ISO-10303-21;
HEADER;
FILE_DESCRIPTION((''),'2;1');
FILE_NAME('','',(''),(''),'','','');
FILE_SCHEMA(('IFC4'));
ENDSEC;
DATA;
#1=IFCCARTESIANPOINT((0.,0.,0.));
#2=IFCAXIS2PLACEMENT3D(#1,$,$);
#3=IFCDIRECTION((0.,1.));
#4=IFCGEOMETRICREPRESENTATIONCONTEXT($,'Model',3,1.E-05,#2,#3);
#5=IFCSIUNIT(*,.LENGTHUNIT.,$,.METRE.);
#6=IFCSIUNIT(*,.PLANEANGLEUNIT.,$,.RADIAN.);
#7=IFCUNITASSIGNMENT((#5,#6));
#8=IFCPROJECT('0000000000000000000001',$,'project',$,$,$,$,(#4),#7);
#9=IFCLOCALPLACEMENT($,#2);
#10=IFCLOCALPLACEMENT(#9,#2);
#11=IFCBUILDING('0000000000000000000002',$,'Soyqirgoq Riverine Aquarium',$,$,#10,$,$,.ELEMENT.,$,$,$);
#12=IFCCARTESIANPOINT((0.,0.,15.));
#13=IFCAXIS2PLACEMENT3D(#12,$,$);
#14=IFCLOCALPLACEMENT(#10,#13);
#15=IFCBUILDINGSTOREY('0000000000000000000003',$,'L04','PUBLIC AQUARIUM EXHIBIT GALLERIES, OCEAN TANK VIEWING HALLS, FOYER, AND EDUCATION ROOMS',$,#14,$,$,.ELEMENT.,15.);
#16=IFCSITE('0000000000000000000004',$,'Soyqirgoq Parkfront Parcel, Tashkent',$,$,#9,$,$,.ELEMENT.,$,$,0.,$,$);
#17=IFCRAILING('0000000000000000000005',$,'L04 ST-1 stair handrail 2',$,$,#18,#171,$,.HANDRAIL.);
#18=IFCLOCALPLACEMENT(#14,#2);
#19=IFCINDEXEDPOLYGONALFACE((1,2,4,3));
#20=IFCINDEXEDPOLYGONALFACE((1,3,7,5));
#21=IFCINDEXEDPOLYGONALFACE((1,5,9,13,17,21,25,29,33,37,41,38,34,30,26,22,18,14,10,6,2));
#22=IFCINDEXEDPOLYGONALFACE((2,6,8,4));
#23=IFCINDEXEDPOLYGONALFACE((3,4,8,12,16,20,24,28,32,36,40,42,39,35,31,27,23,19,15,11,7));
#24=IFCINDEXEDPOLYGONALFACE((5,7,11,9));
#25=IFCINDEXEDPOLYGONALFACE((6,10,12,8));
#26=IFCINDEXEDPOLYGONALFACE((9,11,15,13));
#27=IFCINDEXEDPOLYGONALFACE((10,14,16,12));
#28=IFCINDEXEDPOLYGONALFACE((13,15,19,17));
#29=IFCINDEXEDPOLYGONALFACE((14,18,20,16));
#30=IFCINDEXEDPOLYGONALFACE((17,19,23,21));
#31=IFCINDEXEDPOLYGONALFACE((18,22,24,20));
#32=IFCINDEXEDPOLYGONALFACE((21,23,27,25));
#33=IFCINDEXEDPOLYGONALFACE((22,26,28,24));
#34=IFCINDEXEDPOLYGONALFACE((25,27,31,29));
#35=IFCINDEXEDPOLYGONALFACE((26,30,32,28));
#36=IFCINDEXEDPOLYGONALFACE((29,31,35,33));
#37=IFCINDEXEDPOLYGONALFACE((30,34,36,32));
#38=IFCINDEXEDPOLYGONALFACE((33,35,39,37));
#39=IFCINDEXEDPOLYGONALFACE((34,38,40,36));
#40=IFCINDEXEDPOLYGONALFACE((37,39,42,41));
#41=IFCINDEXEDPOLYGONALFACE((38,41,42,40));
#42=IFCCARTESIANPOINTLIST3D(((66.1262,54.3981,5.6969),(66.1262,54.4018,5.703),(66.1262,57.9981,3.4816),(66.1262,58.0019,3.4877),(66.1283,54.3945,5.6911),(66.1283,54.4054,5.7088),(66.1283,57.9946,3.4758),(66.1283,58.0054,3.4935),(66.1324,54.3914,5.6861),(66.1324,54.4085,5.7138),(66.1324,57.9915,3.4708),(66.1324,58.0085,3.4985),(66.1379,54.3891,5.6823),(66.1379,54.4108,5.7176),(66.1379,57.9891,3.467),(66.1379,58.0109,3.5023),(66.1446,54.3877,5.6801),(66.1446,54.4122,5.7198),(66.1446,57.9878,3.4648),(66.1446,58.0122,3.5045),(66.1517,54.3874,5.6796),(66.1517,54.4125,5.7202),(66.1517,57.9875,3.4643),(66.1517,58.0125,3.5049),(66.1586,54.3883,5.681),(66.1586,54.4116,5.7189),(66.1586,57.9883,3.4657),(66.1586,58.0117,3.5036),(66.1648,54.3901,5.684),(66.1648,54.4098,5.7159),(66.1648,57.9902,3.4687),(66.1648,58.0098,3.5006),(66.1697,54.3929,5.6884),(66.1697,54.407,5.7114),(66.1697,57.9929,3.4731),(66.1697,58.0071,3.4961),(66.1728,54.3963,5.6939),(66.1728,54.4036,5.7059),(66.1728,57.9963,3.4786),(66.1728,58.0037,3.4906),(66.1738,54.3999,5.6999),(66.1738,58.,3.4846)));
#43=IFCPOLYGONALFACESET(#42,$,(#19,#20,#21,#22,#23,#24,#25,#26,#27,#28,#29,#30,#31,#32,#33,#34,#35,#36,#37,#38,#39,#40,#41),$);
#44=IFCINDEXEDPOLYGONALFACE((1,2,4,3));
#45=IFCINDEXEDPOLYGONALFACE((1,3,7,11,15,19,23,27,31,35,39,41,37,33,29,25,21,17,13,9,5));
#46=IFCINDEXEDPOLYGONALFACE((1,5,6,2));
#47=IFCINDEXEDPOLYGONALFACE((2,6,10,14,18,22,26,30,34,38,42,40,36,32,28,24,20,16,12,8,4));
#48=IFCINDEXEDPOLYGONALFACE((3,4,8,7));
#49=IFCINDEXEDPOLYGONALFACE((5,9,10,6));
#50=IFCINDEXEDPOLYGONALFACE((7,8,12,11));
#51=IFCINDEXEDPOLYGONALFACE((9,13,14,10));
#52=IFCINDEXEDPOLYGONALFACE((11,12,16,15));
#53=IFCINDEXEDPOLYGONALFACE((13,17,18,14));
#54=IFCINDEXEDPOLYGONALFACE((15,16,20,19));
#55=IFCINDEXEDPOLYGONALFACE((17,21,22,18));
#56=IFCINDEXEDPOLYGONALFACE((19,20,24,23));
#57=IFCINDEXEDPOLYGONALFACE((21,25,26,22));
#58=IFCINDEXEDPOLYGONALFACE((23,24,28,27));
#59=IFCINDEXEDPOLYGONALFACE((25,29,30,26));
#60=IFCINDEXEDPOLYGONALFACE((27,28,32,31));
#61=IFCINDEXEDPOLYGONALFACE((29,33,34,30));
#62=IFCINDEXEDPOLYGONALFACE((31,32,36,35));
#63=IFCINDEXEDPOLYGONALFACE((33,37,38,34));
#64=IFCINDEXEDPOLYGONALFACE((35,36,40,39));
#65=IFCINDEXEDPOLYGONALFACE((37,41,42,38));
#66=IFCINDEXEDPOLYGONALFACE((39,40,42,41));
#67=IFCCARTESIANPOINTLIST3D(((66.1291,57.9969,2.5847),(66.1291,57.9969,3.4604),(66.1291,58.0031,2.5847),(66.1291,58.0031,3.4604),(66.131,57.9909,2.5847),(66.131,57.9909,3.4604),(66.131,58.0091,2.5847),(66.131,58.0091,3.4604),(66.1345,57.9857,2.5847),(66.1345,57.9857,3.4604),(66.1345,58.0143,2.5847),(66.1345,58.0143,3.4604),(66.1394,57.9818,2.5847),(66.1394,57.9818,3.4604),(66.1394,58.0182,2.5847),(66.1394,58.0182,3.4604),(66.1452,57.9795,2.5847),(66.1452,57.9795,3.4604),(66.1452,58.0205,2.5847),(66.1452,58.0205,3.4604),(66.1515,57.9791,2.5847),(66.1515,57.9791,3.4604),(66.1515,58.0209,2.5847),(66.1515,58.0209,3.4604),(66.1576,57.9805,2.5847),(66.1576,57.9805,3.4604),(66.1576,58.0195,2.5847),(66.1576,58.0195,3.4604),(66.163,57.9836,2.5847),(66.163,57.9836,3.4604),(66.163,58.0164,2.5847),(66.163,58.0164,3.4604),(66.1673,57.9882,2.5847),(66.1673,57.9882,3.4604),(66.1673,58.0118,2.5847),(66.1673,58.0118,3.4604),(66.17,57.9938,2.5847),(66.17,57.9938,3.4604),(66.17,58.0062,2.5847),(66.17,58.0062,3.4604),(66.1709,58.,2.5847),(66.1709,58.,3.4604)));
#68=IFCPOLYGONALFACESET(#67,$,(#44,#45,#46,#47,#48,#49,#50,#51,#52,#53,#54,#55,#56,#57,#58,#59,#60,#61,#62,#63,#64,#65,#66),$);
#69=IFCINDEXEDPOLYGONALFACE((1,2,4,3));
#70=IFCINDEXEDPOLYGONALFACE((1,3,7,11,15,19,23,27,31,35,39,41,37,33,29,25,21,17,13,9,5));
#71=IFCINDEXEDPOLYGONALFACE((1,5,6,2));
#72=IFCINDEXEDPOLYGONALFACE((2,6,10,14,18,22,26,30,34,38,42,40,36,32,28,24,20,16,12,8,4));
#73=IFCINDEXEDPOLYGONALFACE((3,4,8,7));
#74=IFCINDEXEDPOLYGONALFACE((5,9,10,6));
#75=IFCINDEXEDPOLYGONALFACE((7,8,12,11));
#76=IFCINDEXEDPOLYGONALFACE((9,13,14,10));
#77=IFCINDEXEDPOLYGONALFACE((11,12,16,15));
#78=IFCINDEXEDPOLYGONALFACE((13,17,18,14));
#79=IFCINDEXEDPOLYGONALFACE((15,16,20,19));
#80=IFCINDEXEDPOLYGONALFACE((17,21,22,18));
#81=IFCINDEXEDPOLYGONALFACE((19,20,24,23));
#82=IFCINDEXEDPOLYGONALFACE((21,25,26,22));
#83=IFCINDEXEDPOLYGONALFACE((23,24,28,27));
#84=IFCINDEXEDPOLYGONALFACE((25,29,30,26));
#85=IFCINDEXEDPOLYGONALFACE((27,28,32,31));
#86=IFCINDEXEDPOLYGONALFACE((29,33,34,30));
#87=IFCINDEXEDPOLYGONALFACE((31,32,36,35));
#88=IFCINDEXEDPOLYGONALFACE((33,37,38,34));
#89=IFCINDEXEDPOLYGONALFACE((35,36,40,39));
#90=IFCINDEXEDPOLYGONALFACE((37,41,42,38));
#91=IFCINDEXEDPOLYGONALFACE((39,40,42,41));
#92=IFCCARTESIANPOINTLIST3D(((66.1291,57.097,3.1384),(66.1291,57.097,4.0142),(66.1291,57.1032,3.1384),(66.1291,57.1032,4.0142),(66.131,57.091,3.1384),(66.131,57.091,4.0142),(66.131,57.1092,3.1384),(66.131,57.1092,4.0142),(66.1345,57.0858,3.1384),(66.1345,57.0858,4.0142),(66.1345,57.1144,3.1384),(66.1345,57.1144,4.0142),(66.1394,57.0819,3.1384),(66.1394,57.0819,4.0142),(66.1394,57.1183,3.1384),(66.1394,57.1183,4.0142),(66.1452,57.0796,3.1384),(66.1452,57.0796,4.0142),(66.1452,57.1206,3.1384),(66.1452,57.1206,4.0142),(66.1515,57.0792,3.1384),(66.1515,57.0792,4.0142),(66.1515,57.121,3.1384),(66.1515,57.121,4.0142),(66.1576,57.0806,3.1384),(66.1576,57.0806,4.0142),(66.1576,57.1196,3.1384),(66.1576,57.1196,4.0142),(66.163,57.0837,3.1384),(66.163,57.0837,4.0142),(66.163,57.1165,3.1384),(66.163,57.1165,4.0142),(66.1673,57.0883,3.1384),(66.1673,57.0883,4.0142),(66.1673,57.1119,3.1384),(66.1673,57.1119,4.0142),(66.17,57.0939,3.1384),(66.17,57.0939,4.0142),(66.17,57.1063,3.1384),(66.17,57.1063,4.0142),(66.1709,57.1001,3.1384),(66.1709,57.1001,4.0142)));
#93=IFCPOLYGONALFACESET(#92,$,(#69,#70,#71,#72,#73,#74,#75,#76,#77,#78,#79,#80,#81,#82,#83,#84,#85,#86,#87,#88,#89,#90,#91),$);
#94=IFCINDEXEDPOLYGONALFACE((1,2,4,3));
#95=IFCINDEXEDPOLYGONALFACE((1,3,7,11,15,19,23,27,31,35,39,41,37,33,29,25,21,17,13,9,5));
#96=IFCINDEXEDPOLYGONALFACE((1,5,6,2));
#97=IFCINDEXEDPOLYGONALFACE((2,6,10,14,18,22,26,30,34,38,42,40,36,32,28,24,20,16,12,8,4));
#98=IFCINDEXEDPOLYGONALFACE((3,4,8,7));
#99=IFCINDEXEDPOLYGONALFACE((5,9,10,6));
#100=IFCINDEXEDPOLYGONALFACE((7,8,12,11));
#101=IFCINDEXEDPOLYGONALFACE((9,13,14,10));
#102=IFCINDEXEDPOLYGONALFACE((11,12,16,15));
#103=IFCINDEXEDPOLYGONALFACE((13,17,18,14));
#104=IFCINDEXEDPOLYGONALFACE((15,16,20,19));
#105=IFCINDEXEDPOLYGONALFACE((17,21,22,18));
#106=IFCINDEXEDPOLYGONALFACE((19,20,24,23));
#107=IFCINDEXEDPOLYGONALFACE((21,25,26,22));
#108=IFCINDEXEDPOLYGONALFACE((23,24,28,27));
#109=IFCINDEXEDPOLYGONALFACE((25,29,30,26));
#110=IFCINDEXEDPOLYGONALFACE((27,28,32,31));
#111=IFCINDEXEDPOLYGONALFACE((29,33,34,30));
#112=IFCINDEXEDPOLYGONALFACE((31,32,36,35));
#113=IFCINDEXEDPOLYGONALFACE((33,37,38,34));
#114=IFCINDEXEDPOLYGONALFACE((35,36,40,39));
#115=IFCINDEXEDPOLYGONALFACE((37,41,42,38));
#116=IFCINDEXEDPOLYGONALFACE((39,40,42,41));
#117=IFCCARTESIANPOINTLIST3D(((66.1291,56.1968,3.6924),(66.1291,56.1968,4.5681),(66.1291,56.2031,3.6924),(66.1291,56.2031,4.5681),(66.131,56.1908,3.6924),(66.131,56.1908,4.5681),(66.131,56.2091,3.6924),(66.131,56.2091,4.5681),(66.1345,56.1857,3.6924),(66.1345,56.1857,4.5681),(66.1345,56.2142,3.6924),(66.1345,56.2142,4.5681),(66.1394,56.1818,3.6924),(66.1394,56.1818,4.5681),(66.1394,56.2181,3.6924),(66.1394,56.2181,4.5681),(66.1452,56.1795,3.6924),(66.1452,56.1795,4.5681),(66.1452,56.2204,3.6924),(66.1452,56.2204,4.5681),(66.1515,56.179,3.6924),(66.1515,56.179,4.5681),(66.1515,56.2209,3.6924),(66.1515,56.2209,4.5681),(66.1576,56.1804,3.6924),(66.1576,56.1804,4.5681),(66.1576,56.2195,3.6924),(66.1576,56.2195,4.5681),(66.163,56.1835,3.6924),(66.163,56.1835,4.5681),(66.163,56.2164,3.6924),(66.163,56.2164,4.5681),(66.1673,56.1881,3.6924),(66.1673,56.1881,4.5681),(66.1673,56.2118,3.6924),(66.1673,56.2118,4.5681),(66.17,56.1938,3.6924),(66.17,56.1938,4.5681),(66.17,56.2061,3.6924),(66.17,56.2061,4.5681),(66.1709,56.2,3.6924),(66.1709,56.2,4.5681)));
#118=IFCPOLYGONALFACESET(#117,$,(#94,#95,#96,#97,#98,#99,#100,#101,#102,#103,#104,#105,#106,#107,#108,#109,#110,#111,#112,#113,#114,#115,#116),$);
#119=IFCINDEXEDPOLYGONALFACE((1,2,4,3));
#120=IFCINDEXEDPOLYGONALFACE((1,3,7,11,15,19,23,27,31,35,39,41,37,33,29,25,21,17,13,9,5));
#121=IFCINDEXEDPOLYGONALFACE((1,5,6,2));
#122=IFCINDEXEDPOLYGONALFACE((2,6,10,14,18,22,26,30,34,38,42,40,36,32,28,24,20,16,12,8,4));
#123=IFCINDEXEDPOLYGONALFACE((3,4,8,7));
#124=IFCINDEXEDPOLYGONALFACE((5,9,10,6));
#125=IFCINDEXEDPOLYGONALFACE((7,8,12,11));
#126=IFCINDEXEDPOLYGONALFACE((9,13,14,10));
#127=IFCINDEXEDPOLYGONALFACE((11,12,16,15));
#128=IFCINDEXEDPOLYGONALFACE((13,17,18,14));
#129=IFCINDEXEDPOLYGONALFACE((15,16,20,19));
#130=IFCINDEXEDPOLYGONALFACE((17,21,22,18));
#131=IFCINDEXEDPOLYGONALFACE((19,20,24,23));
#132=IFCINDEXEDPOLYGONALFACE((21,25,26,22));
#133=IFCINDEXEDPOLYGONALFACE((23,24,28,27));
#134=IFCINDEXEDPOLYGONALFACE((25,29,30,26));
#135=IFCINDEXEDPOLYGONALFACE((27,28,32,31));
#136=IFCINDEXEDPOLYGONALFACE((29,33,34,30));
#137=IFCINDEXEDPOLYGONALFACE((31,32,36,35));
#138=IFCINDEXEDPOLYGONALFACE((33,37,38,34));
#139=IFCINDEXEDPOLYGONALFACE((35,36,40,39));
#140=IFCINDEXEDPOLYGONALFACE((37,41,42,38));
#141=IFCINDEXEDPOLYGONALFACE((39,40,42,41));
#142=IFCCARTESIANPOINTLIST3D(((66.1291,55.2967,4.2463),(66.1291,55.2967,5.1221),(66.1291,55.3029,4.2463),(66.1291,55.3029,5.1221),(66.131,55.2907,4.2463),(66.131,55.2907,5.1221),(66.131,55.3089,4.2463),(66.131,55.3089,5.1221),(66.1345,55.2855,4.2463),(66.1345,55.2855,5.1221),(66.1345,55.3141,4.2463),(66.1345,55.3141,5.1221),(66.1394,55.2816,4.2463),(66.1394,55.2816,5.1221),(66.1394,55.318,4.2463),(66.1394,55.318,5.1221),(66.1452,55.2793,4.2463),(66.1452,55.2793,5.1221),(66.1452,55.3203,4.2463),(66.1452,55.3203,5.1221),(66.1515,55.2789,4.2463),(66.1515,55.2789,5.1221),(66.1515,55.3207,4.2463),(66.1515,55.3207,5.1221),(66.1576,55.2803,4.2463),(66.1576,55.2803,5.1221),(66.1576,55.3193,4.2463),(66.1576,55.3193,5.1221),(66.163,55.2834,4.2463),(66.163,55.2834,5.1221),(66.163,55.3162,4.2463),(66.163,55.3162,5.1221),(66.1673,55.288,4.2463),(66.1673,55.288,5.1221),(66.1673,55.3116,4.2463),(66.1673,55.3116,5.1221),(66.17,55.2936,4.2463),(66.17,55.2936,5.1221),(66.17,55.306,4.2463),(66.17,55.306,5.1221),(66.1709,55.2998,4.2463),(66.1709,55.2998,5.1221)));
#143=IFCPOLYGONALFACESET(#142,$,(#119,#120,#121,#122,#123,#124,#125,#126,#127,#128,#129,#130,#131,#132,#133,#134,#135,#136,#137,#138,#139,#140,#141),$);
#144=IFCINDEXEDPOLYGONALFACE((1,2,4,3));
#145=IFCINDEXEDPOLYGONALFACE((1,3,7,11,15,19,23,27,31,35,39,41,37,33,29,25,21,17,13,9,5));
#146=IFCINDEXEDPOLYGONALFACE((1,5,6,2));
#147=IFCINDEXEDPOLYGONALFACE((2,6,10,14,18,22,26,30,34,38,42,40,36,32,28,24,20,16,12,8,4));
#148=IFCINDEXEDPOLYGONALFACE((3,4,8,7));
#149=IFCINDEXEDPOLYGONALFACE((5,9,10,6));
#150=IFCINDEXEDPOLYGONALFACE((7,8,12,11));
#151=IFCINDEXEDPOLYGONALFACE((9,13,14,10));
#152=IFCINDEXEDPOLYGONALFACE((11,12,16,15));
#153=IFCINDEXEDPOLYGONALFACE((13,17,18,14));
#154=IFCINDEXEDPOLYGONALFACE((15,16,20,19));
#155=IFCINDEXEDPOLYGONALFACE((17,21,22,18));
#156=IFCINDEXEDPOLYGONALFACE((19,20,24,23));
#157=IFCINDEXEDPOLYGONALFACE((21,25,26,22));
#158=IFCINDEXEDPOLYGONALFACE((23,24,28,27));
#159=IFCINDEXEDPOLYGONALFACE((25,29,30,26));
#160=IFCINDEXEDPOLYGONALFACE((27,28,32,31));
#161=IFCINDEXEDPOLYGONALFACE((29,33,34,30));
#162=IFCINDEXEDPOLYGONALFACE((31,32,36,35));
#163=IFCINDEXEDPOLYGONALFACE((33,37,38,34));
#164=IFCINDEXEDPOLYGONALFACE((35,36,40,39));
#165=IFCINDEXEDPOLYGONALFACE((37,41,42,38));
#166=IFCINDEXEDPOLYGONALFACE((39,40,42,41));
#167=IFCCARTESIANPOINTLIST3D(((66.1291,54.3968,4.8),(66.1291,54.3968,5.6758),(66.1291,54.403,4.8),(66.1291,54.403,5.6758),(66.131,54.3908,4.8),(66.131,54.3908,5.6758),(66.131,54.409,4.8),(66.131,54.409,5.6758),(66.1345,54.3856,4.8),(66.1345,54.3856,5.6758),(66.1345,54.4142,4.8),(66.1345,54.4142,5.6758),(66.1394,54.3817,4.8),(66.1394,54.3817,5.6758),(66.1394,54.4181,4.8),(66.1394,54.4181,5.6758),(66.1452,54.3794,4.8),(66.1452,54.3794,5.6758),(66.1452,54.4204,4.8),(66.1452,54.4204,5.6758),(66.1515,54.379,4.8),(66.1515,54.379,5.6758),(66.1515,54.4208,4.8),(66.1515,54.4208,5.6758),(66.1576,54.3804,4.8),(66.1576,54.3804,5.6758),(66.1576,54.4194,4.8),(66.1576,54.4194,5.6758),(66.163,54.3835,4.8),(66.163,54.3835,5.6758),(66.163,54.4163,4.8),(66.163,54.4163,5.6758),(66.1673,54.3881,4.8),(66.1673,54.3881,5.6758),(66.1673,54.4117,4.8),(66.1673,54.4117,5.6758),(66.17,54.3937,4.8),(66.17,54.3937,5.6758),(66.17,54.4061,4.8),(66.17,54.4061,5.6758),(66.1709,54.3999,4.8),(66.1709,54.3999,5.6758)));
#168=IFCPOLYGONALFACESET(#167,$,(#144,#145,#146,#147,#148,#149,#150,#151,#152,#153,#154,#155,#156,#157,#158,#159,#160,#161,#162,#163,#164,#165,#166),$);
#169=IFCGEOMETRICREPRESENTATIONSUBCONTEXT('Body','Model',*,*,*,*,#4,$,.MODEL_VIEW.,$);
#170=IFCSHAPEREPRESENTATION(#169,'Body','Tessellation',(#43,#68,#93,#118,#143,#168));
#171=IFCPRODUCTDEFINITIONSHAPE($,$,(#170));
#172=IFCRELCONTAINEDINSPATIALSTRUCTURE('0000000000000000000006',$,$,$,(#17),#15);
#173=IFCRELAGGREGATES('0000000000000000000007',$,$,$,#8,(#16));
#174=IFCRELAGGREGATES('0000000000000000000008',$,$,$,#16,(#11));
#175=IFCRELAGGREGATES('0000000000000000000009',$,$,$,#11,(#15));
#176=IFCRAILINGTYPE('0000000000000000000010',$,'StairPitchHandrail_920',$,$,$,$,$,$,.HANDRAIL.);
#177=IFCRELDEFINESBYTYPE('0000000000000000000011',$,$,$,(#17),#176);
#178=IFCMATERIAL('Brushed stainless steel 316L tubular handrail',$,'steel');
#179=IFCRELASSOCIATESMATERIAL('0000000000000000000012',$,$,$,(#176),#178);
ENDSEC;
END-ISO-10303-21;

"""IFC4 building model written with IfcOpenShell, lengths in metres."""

from ifc_helpers import new_model, si_unit, direction, frame, origin, origin_2d, place, context, subcontext, project, spatial, circle, extrude, material, type_object, element, save


model = new_model("IFC4")

# Units and contexts
model_context = context("Model", 3, precision=1e-05, world=origin(), true_north=direction((0.0, 1.0)))
body_context = subcontext(model_context, "Body", "Model", "MODEL_VIEW")
ifc_project = project(units=[si_unit("LENGTHUNIT", "METRE"), si_unit("PLANEANGLEUNIT", "RADIAN")], contexts=[model_context])

# Site, building, storey
site_placement = place(None, origin())
site = spatial("IfcSite", under=ifc_project, at=site_placement, Name="Soyqirgoq Parkfront Parcel, Tashkent", CompositionType="ELEMENT", RefElevation=0.0)
building_placement = place(site_placement, origin())
building = spatial("IfcBuilding", under=site, at=building_placement, Name="Soyqirgoq Riverine Aquarium", CompositionType="ELEMENT")
storey_placement = place(building_placement, frame((0.0, 0.0, 15.0)))
storey = spatial("IfcBuildingStorey", under=building, at=storey_placement, Name="L04", Description="PUBLIC AQUARIUM EXHIBIT GALLERIES, OCEAN TANK VIEWING HALLS, FOYER, AND EDUCATION ROOMS", CompositionType="ELEMENT", Elevation=15.0)

# Railing
ifc_material_1 = material(Name="Brushed stainless steel 316L tubular handrail", Category="steel")
railing_type_1 = type_object("IfcRailingType", Name="StairPitchHandrail_920", PredefinedType="HANDRAIL", material=ifc_material_1)
railing_1_placement = place(storey_placement, frame((66.1499, 58.0, 2.5847)))
element("IfcRailing", 1, at=railing_1_placement, inside=storey, type_object=railing_type_1, Name="L04 ST-1 stair handrail 2", PredefinedType="HANDRAIL", context=body_context, shape_type="SweptSolid", body=[
    extrude(circle(Radius=0.0239, at=origin_2d()), frame((0.0, 0.0, 0.8999), z_axis=(0.0, -0.85167, 0.524078), x_axis=(1.0, 0.0, 0.0)), (0.0, 0.0, 1.0), 4.2271),
    extrude(circle(Radius=0.021, at=origin_2d()), origin(), (0.0, 0.0, 1.0), 0.8757),
    extrude(circle(Radius=0.021, at=origin_2d()), frame((0.0, -0.8999, 0.5537)), (0.0, 0.0, 1.0), 0.8757),
    extrude(circle(Radius=0.021, at=origin_2d()), frame((0.0, -1.8, 1.1077)), (0.0, 0.0, 1.0), 0.8757),
    extrude(circle(Radius=0.021, at=origin_2d()), frame((0.0, -2.7002, 1.6616)), (0.0, 0.0, 1.0), 0.8757),
    extrude(circle(Radius=0.021, at=origin_2d()), frame((0.0, -3.6001, 2.2153)), (0.0, 0.0, 1.0), 0.8757),
])

save(model, "model.ifc")
